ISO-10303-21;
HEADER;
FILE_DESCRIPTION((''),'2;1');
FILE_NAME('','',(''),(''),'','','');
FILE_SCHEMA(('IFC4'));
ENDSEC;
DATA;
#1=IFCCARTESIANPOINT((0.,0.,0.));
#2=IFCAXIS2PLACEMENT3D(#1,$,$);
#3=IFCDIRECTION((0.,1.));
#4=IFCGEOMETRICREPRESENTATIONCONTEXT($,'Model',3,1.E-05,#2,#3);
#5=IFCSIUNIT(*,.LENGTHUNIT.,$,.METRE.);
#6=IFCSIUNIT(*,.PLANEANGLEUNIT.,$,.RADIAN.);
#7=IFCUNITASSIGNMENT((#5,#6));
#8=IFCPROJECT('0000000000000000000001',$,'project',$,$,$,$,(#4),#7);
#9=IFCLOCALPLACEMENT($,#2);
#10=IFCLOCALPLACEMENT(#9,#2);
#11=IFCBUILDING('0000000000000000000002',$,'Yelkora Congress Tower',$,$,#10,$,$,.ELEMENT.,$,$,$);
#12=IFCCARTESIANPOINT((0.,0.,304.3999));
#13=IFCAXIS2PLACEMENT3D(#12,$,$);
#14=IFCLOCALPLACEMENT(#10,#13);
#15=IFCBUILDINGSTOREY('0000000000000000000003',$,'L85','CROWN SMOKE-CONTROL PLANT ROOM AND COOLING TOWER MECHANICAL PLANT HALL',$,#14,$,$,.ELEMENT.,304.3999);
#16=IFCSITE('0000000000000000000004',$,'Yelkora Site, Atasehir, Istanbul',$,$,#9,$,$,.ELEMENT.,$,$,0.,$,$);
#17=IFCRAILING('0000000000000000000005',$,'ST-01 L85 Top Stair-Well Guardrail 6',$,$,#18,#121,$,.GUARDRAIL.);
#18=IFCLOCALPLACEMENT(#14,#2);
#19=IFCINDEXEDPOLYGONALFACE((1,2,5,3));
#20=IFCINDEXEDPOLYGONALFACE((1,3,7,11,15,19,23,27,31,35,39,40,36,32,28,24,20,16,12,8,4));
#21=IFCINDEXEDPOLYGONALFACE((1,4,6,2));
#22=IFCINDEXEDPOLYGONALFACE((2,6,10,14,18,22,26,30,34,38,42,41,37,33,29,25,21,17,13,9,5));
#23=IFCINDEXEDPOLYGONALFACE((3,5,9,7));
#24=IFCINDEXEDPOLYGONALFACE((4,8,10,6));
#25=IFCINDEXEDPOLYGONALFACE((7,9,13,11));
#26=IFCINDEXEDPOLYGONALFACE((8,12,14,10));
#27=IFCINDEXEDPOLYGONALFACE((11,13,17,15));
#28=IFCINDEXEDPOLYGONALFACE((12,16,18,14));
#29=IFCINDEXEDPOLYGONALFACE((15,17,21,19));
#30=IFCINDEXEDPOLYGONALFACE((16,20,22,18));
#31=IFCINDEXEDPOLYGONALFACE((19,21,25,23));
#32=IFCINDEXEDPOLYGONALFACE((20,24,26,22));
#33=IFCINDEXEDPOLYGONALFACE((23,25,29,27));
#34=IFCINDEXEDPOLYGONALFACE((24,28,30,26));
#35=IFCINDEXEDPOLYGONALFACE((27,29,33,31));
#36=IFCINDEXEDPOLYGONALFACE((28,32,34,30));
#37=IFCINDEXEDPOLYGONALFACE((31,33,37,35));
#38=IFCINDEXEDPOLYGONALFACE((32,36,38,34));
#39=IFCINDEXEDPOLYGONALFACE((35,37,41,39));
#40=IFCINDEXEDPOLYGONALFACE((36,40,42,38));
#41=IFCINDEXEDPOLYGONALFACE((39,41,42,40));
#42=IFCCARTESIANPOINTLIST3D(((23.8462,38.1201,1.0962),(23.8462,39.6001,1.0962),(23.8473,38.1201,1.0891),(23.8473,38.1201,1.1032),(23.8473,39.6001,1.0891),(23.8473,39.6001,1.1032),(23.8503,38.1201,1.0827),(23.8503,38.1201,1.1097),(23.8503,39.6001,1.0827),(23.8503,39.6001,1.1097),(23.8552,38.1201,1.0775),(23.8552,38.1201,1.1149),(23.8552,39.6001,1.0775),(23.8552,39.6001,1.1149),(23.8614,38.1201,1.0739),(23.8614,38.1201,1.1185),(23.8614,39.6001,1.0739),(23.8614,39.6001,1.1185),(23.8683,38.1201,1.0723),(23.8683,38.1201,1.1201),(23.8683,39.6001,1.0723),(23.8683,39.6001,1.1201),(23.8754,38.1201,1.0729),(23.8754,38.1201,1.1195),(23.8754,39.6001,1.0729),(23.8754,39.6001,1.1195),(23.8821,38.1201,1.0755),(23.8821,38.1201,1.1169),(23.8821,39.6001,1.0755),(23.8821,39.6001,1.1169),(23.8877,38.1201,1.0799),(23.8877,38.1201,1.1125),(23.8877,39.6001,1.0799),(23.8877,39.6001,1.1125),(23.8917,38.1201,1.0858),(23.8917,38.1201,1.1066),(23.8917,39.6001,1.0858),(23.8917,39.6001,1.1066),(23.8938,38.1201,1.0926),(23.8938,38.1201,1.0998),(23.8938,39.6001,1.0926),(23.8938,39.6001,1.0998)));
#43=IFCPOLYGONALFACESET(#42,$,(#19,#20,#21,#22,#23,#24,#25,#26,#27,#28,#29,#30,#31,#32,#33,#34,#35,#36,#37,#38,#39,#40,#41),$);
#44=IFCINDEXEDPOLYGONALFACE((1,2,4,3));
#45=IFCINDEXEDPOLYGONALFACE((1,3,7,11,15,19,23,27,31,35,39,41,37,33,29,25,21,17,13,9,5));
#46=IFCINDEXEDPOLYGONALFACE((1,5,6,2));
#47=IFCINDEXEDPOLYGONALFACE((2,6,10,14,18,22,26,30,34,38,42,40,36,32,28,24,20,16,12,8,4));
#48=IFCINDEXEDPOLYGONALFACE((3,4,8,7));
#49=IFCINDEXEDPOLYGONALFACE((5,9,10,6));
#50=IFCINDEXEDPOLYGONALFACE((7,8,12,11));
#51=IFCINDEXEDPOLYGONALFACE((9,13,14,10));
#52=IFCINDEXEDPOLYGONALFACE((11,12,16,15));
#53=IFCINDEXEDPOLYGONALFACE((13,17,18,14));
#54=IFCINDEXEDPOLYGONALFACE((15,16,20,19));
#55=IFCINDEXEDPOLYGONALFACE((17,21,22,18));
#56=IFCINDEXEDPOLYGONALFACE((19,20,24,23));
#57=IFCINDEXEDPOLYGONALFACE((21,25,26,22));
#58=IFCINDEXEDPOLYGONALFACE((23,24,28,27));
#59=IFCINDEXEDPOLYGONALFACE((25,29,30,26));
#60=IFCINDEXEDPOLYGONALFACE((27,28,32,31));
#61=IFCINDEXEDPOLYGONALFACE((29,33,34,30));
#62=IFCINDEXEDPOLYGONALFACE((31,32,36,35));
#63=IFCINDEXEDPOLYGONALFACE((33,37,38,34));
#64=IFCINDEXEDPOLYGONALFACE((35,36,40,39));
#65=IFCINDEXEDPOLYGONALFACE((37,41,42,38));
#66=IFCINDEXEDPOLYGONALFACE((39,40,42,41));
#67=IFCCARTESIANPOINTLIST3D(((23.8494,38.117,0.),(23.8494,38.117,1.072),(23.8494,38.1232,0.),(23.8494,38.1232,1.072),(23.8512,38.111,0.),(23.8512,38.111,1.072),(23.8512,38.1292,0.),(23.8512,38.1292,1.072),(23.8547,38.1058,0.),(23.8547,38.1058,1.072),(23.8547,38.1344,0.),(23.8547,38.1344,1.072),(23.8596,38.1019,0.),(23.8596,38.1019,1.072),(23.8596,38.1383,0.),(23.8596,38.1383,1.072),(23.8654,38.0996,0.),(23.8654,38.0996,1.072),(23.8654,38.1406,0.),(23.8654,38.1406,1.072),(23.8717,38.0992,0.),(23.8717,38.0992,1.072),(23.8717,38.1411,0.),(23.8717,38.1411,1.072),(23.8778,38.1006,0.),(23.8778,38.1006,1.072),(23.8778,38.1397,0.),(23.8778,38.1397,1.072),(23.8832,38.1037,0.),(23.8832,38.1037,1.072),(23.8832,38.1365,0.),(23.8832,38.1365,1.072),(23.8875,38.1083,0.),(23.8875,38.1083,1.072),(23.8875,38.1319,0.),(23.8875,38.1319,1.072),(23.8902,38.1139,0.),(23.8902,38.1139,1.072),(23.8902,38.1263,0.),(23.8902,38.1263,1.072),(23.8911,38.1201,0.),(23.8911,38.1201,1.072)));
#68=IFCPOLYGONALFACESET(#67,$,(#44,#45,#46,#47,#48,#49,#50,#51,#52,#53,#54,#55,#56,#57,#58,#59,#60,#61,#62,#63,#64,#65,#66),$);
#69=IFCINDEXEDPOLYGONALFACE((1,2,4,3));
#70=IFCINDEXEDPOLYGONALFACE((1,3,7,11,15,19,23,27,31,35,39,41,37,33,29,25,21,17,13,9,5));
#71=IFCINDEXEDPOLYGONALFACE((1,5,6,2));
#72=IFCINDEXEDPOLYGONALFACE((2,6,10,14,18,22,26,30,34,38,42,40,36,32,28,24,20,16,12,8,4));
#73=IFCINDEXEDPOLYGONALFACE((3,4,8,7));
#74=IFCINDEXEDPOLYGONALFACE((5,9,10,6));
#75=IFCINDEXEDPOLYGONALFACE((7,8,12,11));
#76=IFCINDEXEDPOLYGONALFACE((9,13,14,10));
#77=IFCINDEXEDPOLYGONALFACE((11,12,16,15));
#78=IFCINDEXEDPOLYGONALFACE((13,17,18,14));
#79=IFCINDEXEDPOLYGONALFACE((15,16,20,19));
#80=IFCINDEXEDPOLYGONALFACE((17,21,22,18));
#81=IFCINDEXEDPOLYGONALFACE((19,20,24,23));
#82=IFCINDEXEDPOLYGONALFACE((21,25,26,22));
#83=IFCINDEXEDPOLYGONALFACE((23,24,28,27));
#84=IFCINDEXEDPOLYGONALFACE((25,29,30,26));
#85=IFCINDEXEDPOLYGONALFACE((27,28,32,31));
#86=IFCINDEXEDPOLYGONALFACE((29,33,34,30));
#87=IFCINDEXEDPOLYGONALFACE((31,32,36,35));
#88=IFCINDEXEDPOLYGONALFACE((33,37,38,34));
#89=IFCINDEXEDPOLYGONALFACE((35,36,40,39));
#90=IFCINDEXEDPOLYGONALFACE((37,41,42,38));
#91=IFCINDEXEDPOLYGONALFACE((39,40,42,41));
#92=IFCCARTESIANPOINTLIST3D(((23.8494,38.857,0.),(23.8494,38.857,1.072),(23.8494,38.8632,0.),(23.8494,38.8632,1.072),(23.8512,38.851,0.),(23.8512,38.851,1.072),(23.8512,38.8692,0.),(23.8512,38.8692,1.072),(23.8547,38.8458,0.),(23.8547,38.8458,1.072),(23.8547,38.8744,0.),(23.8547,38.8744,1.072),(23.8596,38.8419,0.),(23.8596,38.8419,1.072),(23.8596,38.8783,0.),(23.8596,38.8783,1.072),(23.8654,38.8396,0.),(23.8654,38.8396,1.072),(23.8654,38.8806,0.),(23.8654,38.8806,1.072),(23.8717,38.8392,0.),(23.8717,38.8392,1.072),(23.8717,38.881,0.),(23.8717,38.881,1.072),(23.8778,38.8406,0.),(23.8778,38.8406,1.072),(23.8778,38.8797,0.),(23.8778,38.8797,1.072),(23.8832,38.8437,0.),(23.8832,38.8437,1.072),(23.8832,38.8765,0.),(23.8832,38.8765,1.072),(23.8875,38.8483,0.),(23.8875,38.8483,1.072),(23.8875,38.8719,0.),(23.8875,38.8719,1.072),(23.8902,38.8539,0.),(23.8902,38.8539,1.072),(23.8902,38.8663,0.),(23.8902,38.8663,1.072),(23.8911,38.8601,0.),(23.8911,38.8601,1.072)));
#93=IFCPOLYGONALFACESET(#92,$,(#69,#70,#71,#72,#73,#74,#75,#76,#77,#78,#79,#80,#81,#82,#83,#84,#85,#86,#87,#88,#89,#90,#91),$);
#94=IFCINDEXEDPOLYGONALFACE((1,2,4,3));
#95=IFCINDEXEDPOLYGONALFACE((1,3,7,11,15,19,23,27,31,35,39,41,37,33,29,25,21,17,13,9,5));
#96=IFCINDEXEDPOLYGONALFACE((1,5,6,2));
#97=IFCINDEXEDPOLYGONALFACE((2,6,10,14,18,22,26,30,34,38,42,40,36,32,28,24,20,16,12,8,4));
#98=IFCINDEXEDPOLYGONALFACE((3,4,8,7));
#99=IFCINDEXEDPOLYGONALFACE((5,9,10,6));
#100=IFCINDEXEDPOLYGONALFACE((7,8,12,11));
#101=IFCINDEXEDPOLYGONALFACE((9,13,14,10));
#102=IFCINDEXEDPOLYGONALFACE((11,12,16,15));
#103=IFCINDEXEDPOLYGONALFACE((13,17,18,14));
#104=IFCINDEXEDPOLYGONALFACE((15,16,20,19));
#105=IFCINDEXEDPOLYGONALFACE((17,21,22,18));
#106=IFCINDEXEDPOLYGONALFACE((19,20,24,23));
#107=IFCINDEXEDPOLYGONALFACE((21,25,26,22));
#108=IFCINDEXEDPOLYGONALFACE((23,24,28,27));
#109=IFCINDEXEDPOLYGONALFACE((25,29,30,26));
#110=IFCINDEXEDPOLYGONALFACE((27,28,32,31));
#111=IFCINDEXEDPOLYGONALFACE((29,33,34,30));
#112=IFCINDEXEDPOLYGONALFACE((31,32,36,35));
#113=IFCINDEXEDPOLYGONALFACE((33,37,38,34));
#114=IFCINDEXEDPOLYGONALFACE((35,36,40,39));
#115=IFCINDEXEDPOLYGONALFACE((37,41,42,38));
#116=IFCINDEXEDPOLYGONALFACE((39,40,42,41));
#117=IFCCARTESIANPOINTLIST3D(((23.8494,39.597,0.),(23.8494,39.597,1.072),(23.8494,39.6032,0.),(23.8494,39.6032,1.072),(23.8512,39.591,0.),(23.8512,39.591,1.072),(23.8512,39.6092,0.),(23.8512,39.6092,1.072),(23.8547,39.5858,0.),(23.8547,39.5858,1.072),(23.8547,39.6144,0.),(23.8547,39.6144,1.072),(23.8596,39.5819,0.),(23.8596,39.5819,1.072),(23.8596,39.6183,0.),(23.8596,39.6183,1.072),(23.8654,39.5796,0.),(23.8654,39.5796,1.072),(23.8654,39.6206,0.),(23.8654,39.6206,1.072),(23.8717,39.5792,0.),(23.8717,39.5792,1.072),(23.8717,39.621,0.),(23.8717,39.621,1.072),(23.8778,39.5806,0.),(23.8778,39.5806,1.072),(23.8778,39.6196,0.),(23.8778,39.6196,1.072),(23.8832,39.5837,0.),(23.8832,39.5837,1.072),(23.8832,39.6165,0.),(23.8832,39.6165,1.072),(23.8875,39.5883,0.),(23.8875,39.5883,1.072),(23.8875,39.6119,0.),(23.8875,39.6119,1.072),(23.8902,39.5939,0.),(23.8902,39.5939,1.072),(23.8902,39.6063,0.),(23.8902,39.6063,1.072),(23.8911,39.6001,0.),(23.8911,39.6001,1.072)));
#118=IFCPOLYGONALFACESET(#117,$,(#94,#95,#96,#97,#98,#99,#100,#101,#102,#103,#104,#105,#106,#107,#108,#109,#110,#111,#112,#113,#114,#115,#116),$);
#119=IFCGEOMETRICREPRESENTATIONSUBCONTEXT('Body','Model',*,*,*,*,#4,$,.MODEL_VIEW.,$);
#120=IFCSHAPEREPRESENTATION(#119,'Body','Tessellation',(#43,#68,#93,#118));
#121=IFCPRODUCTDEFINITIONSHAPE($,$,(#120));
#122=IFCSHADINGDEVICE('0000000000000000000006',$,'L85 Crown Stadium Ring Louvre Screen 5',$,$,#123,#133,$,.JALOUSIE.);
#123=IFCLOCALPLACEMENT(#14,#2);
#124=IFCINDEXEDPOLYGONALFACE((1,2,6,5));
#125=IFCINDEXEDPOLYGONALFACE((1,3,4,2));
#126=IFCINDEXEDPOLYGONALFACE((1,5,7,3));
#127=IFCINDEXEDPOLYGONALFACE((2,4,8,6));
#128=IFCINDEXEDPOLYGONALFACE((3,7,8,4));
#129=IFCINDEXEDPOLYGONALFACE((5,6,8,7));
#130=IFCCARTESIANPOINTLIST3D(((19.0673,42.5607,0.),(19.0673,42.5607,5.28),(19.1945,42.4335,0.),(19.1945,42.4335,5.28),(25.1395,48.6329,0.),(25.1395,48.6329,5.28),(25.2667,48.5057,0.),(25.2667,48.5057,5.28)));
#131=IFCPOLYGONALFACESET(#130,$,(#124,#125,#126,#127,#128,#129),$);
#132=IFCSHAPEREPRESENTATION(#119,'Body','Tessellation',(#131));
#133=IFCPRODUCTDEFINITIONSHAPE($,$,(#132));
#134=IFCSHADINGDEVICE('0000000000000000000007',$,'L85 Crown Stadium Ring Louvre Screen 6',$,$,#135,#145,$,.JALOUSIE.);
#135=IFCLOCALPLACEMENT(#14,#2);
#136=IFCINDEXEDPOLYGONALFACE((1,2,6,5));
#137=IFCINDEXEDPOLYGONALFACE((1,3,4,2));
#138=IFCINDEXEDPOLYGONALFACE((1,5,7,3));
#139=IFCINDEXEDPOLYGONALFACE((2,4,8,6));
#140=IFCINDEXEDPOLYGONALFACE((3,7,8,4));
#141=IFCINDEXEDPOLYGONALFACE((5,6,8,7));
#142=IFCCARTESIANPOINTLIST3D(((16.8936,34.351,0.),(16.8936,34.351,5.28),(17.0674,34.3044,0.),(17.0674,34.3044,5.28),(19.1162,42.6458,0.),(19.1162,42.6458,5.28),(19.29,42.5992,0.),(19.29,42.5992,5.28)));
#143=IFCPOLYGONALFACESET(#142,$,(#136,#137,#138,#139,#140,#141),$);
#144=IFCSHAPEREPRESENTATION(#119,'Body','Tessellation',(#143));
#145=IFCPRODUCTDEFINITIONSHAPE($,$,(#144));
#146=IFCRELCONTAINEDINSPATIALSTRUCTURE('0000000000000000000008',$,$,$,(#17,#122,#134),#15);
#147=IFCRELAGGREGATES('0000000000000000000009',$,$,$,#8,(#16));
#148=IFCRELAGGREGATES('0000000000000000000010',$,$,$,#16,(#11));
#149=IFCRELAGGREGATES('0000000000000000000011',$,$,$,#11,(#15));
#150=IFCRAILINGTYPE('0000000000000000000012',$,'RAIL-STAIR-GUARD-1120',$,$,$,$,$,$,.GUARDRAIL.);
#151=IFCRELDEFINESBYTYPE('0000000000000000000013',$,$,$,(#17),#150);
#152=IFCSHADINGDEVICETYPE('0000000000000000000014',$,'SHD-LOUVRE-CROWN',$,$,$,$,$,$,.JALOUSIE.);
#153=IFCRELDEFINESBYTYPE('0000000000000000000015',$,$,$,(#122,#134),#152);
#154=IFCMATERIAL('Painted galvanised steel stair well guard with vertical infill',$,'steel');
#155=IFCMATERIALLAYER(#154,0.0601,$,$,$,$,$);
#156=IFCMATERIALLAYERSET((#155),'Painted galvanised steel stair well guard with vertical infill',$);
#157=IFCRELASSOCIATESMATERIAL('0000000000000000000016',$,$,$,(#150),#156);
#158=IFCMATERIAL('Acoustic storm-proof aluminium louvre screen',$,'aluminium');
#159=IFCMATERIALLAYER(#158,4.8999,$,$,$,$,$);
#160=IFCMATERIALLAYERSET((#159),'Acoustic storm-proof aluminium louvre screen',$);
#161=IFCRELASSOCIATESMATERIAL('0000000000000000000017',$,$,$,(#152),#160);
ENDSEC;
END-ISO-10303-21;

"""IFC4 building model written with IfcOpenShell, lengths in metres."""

from ifc_helpers import new_model, si_unit, direction, frame, origin, origin_2d, place, context, subcontext, project, spatial, rectangle, circle, extrude, material, layer, layer_set, type_object, element, save


model = new_model("IFC4")

# Units and contexts
model_context = context("Model", 3, precision=1e-05, world=origin(), true_north=direction((0.0, 1.0)))
body_context = subcontext(model_context, "Body", "Model", "MODEL_VIEW")
ifc_project = project(units=[si_unit("LENGTHUNIT", "METRE"), si_unit("PLANEANGLEUNIT", "RADIAN")], contexts=[model_context])

# Site, building, storey
site_placement = place(None, origin())
site = spatial("IfcSite", under=ifc_project, at=site_placement, Name="Yelkora Site, Atasehir, Istanbul", CompositionType="ELEMENT", RefElevation=0.0)
building_placement = place(site_placement, origin())
building = spatial("IfcBuilding", under=site, at=building_placement, Name="Yelkora Congress Tower", CompositionType="ELEMENT")
storey_placement = place(building_placement, frame((0.0, 0.0, 304.3999)))
storey = spatial("IfcBuildingStorey", under=building, at=storey_placement, Name="L85", Description="CROWN SMOKE-CONTROL PLANT ROOM AND COOLING TOWER MECHANICAL PLANT HALL", CompositionType="ELEMENT", Elevation=304.3999)

# Railing
ifc_material_1 = material(Name="Painted galvanised steel stair well guard with vertical infill", Category="steel")
ifc_layer_1 = layer(ifc_material_1, 0.0601)
ifc_layer_set_1 = layer_set([ifc_layer_1], Name="Painted galvanised steel stair well guard with vertical infill")
railing_type = type_object("IfcRailingType", Name="RAIL-STAIR-GUARD-1120", PredefinedType="GUARDRAIL", material=ifc_layer_set_1)
for number, where, name in (
    (1, (23.8701, 38.1201, 0.0), "ST-01 L85 Top Stair-Well Guardrail 6"),
):
    element("IfcRailing", number, at=place(storey_placement, frame(where)), inside=storey, type_object=railing_type, Name=name, PredefinedType="GUARDRAIL", context=body_context, shape_type="SweptSolid", body=[
        extrude(circle(Radius=0.0239, at=origin_2d()), frame((0.0, 0.0, 1.0962), z_axis=(0.0, 1.0, 0.0), x_axis=(-1.0, 0.0, 0.0)), (0.0, 0.0, 1.0), 1.48),
        extrude(circle(Radius=0.021, at=origin_2d()), origin(), (0.0, 0.0, 1.0), 1.072),
        extrude(circle(Radius=0.021, at=origin_2d()), frame((0.0, 0.74, 0.0)), (0.0, 0.0, 1.0), 1.072),
        extrude(circle(Radius=0.021, at=origin_2d()), frame((0.0, 1.48, 0.0)), (0.0, 0.0, 1.0), 1.072),
    ])

# Shading devices
ifc_material_2 = material(Name="Acoustic storm-proof aluminium louvre screen", Category="aluminium")
ifc_layer_2 = layer(ifc_material_2, 4.8999)
ifc_layer_set_2 = layer_set([ifc_layer_2], Name="Acoustic storm-proof aluminium louvre screen")
shading_device_type = type_object("IfcShadingDeviceType", Name="SHD-LOUVRE-CROWN", PredefinedType="JALOUSIE", material=ifc_layer_set_2)
for number, where, z_axis, x_axis, name in (
    (2, (22.167, 45.5332, 0.0), (0.0, 0.0, 1.0), (-0.707107, -0.707107, 0.0), "L85 Crown Stadium Ring Louvre Screen 5"),
    (3, (18.0918, 38.4751, 0.0), (0.0, 0.0, 1.0), (-0.258819, -0.965926, 0.0), "L85 Crown Stadium Ring Louvre Screen 6"),
):
    element("IfcShadingDevice", number, at=place(storey_placement, frame(where, z_axis=z_axis, x_axis=x_axis)), inside=storey, type_object=shading_device_type, Name=name, PredefinedType="JALOUSIE", context=body_context, shape_type="SweptSolid", body=[
        extrude(rectangle(XDim=8.5874, YDim=0.1799, at=origin_2d()), origin(), (0.0, 0.0, 1.0), 5.28),
    ])

save(model, "model.ifc")
